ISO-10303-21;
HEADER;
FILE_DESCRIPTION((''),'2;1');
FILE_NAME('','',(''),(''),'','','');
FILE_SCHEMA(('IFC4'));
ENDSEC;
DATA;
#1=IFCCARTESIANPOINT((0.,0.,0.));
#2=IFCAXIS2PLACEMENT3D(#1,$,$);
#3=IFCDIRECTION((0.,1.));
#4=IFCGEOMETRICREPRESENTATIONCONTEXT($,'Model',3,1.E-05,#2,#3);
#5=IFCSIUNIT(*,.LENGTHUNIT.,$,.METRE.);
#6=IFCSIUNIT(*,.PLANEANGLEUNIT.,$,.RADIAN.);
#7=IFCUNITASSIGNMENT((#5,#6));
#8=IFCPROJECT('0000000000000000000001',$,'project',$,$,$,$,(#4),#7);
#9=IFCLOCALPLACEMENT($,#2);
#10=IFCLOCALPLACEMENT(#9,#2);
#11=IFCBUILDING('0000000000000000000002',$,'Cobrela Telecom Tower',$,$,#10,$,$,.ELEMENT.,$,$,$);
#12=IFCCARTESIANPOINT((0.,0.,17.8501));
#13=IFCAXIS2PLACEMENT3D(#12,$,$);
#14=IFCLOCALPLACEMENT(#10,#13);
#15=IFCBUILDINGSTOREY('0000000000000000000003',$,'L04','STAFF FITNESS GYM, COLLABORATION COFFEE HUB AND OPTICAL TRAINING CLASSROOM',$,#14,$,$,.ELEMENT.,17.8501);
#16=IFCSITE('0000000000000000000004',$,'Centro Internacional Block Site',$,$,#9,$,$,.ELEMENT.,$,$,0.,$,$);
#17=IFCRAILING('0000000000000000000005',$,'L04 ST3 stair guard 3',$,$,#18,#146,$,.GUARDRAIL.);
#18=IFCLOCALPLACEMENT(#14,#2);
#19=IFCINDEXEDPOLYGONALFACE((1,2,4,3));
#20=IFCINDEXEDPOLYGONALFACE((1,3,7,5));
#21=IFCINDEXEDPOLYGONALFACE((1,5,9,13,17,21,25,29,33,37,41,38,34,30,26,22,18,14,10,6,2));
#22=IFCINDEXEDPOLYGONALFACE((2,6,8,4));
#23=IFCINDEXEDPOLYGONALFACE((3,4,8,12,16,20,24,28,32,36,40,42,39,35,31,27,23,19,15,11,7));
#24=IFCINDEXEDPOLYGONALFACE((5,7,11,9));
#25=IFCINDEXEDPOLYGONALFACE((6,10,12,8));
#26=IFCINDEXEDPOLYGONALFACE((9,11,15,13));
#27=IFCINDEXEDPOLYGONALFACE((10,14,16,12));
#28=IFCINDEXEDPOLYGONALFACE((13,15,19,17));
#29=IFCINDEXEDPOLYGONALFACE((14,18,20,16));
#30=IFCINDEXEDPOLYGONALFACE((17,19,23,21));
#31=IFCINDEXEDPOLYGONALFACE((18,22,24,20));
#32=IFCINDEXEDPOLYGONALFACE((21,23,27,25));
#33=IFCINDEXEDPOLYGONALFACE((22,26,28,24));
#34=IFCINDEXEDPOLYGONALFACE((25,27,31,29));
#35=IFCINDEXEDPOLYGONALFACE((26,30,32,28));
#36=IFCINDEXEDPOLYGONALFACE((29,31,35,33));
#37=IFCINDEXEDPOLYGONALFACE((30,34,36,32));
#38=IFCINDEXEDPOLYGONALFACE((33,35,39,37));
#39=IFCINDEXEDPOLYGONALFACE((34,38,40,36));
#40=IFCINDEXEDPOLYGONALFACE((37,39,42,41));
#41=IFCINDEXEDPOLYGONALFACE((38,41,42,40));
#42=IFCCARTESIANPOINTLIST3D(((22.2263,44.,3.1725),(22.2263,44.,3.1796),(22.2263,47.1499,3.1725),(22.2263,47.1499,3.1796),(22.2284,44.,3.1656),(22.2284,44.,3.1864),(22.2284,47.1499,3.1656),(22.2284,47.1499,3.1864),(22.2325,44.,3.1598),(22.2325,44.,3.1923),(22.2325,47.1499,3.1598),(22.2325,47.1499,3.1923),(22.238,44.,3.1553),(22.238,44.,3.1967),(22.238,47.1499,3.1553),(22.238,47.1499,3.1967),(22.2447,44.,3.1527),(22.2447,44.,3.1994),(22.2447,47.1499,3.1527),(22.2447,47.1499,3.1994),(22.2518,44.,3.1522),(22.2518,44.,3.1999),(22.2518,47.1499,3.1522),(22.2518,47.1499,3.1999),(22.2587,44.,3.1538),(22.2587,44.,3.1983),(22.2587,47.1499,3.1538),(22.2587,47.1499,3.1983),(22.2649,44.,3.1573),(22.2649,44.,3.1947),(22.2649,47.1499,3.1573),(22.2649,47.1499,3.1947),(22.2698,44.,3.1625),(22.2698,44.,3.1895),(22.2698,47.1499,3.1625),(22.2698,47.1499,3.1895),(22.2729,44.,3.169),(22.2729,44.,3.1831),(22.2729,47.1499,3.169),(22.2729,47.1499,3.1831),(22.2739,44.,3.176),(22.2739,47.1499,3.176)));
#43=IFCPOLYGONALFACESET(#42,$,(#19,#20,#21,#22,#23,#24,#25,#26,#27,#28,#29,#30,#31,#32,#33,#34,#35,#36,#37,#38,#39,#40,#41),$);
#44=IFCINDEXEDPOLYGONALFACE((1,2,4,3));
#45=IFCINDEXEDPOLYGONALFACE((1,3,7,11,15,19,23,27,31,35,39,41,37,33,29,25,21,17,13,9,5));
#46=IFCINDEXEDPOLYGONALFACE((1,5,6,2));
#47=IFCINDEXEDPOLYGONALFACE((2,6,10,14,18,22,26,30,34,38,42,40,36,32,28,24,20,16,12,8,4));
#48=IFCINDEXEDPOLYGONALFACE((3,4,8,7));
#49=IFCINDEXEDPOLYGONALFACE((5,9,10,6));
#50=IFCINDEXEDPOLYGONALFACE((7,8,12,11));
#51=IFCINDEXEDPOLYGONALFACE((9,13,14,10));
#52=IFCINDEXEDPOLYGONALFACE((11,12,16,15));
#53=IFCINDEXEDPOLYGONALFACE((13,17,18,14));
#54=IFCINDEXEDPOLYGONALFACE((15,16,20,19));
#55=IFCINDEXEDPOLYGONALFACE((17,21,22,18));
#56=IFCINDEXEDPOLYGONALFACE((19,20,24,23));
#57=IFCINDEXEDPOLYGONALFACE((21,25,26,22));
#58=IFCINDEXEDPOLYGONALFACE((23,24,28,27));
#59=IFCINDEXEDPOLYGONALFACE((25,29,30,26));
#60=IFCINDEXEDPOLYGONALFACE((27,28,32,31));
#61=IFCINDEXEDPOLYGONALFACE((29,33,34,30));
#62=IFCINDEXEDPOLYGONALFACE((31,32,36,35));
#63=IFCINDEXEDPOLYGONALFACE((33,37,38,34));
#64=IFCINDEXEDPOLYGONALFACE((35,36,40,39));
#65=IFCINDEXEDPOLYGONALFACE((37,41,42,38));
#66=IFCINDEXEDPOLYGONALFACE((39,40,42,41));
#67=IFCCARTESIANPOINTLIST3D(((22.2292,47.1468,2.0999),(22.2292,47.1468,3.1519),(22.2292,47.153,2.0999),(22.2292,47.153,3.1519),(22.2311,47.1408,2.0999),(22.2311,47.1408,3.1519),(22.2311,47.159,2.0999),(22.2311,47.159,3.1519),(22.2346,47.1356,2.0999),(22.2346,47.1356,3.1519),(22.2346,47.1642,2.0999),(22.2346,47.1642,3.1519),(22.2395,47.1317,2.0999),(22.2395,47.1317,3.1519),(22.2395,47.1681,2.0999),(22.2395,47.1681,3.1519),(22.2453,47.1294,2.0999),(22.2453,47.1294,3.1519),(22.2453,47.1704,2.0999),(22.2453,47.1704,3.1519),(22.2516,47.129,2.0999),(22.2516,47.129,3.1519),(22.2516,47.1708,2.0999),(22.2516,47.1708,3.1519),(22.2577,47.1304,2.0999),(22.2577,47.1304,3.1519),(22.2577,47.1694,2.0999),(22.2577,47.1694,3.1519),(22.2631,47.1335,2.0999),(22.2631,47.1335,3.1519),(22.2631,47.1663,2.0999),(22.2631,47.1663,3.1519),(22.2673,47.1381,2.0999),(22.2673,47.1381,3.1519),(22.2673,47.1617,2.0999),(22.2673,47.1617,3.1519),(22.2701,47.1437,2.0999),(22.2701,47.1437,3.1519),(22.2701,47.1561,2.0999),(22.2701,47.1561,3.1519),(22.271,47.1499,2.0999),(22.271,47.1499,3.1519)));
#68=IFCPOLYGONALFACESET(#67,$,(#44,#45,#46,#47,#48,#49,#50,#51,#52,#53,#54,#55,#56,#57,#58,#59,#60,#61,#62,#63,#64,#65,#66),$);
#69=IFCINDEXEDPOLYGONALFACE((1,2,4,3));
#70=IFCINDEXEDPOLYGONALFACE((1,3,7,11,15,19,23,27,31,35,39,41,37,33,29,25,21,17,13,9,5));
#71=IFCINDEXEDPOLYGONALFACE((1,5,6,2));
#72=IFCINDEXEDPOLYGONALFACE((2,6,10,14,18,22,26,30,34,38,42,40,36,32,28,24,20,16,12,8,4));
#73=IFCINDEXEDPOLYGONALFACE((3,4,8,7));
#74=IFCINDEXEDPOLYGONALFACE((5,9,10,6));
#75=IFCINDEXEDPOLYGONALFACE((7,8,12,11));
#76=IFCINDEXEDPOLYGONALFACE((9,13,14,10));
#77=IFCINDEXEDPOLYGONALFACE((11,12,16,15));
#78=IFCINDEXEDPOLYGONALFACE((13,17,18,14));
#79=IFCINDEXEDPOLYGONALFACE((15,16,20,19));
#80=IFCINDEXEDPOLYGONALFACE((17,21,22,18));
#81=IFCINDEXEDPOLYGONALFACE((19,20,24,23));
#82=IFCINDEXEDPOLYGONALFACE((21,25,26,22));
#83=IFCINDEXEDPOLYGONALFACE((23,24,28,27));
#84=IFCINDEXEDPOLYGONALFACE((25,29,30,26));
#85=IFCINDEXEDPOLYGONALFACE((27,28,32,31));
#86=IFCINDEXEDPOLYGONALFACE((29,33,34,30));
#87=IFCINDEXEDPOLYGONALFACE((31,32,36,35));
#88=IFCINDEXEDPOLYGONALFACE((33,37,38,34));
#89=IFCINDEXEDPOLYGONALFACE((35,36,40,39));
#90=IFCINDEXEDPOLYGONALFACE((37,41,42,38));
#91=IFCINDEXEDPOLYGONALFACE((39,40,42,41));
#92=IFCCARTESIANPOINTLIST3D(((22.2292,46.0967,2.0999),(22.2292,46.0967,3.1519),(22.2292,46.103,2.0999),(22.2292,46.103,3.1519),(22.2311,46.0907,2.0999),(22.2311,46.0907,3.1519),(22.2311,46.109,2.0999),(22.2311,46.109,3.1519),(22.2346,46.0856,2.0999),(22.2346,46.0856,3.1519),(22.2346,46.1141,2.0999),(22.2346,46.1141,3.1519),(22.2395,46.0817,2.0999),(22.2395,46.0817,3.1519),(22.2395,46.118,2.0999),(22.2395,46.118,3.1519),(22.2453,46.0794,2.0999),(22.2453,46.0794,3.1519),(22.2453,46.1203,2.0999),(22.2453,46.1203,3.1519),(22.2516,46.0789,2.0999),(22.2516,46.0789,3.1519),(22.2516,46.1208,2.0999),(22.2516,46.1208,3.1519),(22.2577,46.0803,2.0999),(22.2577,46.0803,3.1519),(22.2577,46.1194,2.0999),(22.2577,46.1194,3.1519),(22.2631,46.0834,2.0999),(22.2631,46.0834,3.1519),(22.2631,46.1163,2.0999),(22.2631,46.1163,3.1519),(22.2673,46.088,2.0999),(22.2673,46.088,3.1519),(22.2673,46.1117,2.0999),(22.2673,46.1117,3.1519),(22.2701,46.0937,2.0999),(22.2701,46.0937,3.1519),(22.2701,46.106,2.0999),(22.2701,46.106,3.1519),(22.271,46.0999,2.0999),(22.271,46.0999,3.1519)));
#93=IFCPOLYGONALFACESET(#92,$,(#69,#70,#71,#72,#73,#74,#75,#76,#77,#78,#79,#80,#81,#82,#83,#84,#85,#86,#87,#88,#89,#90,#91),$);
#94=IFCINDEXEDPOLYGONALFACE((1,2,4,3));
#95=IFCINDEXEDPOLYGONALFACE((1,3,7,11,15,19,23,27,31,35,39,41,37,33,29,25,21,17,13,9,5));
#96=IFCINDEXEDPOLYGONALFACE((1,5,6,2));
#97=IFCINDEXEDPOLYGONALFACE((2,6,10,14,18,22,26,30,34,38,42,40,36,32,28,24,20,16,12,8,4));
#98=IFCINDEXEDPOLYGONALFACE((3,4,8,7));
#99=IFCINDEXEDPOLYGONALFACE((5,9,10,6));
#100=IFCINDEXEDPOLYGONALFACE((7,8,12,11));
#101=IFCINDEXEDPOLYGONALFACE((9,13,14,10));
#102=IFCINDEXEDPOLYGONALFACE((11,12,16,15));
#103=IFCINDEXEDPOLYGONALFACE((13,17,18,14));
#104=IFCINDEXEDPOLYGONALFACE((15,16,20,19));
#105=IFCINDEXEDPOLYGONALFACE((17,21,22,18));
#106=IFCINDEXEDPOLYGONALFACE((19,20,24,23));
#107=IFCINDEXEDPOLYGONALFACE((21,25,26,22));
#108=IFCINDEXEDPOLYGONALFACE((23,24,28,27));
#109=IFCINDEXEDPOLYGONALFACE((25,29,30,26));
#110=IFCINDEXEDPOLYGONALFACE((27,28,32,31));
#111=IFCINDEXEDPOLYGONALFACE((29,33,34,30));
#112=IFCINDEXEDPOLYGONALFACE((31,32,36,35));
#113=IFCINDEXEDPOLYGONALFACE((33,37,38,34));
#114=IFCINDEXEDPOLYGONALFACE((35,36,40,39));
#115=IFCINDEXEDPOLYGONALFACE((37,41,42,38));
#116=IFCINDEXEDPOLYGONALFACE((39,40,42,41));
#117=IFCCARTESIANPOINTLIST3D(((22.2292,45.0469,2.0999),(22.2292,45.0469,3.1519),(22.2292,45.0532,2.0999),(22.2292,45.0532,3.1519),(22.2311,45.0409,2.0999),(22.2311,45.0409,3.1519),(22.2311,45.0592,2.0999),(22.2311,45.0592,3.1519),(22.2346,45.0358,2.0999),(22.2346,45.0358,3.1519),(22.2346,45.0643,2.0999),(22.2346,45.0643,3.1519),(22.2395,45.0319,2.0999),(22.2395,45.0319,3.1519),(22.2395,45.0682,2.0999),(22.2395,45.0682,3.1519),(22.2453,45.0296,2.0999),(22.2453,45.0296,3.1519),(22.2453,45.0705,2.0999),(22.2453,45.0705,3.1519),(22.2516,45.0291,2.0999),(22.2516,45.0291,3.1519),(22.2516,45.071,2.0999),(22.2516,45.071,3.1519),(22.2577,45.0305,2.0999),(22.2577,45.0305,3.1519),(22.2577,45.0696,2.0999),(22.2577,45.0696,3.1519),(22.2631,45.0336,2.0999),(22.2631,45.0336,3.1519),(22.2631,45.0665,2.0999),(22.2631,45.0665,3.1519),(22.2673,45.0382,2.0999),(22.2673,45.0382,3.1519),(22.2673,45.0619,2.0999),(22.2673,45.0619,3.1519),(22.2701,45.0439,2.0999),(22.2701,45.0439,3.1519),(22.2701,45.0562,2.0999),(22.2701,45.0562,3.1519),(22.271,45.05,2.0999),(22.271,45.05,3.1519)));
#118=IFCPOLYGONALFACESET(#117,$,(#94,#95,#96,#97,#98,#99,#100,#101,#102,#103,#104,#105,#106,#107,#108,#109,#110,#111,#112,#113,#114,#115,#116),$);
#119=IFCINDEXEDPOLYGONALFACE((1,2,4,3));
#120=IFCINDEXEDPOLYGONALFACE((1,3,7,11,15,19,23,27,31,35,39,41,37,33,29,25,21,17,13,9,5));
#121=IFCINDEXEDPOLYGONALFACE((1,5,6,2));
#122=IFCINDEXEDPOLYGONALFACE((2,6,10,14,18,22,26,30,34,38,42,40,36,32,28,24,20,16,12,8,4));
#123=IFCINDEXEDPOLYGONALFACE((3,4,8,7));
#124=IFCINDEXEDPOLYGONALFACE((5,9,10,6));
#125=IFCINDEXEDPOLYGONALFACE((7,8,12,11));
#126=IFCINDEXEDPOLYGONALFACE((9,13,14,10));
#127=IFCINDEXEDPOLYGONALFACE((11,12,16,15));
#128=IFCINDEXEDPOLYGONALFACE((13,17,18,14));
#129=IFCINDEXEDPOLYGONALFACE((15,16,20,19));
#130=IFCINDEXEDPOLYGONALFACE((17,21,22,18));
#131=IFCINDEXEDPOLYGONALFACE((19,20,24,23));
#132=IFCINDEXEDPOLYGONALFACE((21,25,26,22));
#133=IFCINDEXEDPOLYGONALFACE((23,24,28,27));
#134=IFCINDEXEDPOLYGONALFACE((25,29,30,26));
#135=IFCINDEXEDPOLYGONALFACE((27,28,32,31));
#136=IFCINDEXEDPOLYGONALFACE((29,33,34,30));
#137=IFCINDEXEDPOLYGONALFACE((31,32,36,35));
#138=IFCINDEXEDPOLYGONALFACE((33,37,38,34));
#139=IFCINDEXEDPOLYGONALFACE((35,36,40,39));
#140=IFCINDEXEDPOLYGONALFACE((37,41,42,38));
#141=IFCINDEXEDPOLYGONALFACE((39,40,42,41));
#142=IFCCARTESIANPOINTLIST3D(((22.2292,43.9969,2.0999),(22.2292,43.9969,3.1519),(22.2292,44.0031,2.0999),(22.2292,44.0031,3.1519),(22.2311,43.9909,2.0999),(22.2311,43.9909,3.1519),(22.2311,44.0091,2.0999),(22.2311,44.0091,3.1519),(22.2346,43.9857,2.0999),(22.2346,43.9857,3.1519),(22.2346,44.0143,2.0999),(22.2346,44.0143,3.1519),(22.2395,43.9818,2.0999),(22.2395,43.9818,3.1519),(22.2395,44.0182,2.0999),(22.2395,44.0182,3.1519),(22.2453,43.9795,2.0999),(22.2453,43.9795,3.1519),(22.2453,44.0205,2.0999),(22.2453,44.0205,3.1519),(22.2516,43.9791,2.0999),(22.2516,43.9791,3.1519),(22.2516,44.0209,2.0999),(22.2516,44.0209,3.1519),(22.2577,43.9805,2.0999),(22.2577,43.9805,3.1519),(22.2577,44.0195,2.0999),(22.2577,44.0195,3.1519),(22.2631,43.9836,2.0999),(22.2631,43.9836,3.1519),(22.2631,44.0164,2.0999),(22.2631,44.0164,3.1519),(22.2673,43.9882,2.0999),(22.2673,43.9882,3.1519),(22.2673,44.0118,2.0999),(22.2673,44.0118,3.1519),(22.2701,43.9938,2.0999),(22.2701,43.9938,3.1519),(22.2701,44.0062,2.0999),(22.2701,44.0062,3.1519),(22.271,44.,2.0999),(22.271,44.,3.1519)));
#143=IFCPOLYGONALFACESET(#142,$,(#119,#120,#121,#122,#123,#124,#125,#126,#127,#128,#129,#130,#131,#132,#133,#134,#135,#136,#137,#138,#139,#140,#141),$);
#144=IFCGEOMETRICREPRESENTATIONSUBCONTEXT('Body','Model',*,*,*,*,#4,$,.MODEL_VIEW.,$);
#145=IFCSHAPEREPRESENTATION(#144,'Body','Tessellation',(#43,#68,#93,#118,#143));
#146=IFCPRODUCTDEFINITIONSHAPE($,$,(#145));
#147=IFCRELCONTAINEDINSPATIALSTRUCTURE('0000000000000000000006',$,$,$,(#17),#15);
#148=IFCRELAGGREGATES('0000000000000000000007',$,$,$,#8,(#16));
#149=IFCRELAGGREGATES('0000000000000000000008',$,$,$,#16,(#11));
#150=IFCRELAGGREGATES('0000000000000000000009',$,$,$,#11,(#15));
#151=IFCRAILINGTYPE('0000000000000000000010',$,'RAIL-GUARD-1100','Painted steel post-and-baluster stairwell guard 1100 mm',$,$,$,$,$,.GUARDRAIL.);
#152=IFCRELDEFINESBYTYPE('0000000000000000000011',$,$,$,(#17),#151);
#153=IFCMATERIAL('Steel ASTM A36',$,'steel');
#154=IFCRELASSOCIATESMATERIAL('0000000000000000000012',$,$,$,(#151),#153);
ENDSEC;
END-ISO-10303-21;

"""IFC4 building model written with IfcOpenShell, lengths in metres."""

from ifc_helpers import new_model, si_unit, direction, frame, origin, origin_2d, place, context, subcontext, project, spatial, circle, extrude, material, type_object, element, save


model = new_model("IFC4")

# Units and contexts
model_context = context("Model", 3, precision=1e-05, world=origin(), true_north=direction((0.0, 1.0)))
body_context = subcontext(model_context, "Body", "Model", "MODEL_VIEW")
ifc_project = project(units=[si_unit("LENGTHUNIT", "METRE"), si_unit("PLANEANGLEUNIT", "RADIAN")], contexts=[model_context])

# Site, building, storey
site_placement = place(None, origin())
site = spatial("IfcSite", under=ifc_project, at=site_placement, Name="Centro Internacional Block Site", CompositionType="ELEMENT", RefElevation=0.0)
building_placement = place(site_placement, origin())
building = spatial("IfcBuilding", under=site, at=building_placement, Name="Cobrela Telecom Tower", CompositionType="ELEMENT")
storey_placement = place(building_placement, frame((0.0, 0.0, 17.8501)))
storey = spatial("IfcBuildingStorey", under=building, at=storey_placement, Name="L04", Description="STAFF FITNESS GYM, COLLABORATION COFFEE HUB AND OPTICAL TRAINING CLASSROOM", CompositionType="ELEMENT", Elevation=17.8501)

# Shared definitions
ifc_material_1 = material(Name="Steel ASTM A36", Category="steel")

# Railing
railing_type_1 = type_object("IfcRailingType", Name="RAIL-GUARD-1100", Description="Painted steel post-and-baluster stairwell guard 1100 mm", PredefinedType="GUARDRAIL", material=ifc_material_1)
railing_1_placement = place(storey_placement, frame((22.25, 47.1499, 2.0999)))
element("IfcRailing", 1, at=railing_1_placement, inside=storey, type_object=railing_type_1, Name="L04 ST3 stair guard 3", PredefinedType="GUARDRAIL", context=body_context, shape_type="SweptSolid", body=[
    extrude(circle(Radius=0.0239, at=origin_2d()), frame((0.0, 0.0, 1.0762), z_axis=(0.0, -1.0, 0.0), x_axis=(1.0, 0.0, 0.0)), (0.0, 0.0, 1.0), 3.1499),
    extrude(circle(Radius=0.021, at=origin_2d()), origin(), (0.0, 0.0, 1.0), 1.052),
    extrude(circle(Radius=0.021, at=origin_2d()), frame((0.0, -1.05, 0.0)), (0.0, 0.0, 1.0), 1.052),
    extrude(circle(Radius=0.021, at=origin_2d()), frame((0.0, -2.0999, 0.0)), (0.0, 0.0, 1.0), 1.052),
    extrude(circle(Radius=0.021, at=origin_2d()), frame((0.0, -3.1499, 0.0)), (0.0, 0.0, 1.0), 1.052),
])

save(model, "model.ifc")
